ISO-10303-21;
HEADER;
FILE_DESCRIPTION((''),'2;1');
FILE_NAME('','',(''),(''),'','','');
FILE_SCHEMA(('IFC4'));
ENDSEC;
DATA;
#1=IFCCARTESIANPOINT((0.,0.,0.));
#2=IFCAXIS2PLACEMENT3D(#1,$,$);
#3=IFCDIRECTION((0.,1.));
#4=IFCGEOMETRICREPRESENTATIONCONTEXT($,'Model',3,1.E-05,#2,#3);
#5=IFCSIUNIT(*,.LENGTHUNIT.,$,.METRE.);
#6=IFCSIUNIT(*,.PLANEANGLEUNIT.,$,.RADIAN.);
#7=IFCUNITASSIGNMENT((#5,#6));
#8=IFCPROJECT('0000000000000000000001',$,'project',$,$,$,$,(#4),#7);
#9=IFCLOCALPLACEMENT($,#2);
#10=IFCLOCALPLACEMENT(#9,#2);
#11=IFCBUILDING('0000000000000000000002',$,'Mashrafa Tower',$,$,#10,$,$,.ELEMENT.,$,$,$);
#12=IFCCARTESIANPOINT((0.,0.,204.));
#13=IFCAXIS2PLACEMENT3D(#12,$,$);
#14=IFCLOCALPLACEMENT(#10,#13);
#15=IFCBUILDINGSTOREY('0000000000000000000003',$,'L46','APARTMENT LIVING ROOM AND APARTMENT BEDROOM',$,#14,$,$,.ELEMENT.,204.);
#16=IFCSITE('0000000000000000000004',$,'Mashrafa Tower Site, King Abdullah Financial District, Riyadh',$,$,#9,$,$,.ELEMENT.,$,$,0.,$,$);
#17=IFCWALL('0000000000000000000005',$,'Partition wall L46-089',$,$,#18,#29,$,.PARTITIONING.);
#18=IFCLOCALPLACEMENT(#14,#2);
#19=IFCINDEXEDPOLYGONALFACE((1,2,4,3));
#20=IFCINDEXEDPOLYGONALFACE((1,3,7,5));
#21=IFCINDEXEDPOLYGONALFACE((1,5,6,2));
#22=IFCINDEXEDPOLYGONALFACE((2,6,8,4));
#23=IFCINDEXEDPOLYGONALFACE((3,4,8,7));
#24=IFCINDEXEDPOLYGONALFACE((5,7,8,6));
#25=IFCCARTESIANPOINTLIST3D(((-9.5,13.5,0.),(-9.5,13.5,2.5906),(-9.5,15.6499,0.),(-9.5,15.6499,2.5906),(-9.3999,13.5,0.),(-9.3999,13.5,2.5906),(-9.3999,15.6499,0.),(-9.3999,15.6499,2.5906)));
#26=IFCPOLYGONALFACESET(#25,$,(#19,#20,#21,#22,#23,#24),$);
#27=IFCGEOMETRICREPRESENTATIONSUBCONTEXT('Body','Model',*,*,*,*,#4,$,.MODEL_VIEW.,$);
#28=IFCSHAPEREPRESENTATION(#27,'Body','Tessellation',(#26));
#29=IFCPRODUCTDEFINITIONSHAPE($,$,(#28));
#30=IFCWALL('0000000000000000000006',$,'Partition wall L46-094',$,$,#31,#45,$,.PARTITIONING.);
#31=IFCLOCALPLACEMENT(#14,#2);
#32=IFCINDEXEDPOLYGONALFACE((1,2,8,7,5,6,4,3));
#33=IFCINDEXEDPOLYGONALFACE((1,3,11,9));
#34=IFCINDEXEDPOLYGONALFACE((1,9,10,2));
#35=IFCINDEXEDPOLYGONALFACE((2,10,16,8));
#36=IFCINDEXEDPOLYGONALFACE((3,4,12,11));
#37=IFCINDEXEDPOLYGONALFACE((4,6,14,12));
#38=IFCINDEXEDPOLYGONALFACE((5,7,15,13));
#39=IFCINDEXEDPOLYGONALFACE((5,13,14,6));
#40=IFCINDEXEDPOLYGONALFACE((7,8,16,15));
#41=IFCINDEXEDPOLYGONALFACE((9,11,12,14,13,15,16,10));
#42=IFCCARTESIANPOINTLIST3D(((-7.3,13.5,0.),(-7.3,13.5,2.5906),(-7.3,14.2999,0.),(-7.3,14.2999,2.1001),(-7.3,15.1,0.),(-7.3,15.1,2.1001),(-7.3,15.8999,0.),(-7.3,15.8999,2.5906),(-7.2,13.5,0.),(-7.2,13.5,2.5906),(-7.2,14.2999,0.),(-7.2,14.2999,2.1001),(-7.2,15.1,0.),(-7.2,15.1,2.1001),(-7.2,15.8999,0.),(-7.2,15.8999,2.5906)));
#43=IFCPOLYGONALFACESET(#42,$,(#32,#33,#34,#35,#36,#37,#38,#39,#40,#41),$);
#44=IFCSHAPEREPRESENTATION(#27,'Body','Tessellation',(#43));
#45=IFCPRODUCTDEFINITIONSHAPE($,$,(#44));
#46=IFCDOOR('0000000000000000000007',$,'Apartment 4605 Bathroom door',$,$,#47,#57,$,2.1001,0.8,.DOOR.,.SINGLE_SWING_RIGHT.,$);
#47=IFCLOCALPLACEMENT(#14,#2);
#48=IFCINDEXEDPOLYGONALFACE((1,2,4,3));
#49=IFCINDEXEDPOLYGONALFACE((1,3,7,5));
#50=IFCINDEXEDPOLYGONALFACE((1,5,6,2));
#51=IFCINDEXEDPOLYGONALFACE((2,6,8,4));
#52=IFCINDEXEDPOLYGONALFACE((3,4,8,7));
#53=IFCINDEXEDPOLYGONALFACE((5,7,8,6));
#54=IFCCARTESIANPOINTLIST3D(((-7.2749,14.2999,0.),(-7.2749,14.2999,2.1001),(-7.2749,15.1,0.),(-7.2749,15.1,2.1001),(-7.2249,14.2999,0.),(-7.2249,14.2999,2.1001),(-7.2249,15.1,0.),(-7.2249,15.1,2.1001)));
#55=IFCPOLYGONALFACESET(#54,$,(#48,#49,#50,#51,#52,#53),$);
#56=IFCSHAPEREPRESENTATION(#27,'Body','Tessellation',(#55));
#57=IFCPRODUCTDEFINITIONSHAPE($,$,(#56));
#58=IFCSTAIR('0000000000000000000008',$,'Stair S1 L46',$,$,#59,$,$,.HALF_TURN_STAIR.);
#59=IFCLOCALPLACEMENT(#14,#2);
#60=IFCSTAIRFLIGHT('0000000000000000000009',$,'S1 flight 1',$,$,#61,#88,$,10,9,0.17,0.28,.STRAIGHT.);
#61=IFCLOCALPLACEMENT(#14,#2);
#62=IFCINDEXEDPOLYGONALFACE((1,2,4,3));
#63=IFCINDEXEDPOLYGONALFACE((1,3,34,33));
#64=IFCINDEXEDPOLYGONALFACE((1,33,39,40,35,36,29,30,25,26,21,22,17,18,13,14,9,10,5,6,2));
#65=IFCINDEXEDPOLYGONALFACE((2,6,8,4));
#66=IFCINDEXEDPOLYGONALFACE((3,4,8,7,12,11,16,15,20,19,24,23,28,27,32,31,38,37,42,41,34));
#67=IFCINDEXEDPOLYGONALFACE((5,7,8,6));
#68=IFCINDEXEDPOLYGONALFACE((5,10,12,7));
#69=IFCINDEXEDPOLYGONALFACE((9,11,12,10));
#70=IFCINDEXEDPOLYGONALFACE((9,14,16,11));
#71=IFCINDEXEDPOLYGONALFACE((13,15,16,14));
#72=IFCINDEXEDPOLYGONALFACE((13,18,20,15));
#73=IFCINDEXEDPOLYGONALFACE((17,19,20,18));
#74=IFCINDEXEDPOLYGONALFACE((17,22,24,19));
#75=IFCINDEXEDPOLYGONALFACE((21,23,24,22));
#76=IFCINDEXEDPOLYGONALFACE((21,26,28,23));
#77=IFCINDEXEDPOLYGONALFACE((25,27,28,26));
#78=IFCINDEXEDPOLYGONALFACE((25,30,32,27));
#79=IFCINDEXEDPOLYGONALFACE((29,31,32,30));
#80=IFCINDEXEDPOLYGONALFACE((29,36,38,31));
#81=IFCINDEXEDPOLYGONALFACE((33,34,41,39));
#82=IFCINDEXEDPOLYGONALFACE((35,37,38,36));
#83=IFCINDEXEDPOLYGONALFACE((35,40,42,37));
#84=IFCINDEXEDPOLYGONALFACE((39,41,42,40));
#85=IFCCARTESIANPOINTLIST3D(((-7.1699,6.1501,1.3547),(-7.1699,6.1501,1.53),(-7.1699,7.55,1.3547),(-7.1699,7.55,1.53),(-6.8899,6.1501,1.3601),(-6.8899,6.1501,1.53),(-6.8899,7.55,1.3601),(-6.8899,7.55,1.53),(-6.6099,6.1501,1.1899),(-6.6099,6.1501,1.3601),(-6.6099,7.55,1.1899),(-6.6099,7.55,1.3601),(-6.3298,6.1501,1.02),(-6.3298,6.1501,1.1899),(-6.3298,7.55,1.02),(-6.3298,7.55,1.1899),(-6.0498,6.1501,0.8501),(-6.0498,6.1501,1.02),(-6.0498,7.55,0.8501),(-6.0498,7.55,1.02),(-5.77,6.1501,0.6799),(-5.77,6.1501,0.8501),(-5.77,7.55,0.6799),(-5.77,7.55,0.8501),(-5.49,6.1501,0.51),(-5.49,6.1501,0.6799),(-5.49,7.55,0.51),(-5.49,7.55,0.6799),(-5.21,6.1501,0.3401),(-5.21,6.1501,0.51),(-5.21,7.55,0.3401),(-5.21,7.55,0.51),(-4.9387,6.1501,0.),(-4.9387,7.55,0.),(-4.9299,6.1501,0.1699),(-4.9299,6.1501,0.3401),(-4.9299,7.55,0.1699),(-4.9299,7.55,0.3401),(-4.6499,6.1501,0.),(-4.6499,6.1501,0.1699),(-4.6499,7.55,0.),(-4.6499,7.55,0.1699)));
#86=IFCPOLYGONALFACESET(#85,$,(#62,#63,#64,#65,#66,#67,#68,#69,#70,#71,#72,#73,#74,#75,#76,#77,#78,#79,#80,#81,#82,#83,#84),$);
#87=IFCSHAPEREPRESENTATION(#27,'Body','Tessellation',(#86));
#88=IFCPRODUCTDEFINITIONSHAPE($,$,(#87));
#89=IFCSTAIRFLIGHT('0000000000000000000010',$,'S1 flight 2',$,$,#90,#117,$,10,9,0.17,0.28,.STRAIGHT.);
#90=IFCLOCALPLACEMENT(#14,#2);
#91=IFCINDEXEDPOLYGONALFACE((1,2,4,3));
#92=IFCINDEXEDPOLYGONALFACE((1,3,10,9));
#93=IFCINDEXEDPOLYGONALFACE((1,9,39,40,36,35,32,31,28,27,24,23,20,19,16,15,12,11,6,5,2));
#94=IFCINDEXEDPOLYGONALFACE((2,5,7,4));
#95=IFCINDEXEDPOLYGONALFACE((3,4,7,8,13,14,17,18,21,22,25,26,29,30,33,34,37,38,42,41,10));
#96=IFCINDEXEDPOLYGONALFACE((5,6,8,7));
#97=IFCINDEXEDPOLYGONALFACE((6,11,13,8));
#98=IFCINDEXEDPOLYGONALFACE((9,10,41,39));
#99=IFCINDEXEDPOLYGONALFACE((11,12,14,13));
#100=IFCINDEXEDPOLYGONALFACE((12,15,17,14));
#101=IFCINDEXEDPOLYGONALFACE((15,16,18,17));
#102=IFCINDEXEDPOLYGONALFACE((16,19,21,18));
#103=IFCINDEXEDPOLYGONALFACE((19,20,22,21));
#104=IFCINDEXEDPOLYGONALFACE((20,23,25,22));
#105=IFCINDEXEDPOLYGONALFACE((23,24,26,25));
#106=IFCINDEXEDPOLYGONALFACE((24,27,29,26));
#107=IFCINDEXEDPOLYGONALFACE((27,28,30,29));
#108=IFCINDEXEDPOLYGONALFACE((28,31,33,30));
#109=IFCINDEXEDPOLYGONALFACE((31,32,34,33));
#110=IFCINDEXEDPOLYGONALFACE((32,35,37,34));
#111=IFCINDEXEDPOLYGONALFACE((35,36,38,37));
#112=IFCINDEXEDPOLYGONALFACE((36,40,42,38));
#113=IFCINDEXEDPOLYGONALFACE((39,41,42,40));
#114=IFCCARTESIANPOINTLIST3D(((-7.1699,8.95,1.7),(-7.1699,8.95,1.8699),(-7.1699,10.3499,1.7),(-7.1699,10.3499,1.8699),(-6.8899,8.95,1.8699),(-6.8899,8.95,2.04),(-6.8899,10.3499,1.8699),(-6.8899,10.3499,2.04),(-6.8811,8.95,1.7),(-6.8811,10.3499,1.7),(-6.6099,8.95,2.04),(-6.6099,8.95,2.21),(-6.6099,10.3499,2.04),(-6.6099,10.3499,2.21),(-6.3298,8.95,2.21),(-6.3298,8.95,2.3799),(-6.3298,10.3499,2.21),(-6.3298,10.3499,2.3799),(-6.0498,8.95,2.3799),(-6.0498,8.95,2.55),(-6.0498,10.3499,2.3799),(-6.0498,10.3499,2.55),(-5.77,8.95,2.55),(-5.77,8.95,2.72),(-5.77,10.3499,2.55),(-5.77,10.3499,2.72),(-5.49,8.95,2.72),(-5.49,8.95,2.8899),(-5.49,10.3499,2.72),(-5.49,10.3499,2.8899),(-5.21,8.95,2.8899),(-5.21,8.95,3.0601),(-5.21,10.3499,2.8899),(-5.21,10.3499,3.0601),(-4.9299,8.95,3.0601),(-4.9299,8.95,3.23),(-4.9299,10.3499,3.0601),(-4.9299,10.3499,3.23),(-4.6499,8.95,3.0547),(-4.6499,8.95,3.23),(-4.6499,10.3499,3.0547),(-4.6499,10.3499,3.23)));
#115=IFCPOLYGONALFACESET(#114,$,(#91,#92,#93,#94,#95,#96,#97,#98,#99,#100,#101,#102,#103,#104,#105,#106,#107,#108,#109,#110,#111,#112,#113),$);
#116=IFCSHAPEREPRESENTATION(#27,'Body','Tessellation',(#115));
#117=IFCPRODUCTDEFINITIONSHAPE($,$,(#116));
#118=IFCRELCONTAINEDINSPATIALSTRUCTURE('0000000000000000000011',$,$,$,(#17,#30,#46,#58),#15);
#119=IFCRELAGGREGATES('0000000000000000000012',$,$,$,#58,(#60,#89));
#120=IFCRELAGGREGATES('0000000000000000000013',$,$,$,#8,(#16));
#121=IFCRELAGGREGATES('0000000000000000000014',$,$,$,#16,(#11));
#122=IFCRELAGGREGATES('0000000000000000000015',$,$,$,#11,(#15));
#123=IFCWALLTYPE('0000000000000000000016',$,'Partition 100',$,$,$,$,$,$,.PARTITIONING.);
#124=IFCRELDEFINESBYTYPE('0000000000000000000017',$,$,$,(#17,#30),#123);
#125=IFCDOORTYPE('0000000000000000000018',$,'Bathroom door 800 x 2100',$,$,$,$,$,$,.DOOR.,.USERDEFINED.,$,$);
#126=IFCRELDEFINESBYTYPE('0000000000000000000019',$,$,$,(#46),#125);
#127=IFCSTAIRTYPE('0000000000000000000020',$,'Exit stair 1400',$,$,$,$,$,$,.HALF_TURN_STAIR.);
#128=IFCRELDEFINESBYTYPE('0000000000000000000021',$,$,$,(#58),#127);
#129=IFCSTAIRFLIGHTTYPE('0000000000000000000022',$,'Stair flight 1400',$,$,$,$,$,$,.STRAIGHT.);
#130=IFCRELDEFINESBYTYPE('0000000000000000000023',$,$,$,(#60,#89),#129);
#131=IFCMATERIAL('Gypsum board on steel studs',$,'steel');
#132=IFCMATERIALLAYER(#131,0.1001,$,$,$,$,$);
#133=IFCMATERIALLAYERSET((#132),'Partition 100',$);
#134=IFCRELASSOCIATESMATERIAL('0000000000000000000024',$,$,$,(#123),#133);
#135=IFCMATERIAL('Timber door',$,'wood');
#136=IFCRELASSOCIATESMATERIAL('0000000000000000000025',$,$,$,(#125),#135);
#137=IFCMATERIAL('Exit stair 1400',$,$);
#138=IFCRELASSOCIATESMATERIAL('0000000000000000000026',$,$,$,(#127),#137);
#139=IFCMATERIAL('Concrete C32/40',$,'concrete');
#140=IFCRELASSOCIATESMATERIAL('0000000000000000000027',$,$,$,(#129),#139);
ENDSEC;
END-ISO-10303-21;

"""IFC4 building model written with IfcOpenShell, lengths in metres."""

from ifc_helpers import new_model, si_unit, direction, frame, frame_2d, origin, place, context, subcontext, project, spatial, polyline, rectangle, outline, extrude, material, layer, layer_set, type_object, element, fill, aggregate, save


model = new_model("IFC4")

# Units and contexts
model_context = context("Model", 3, precision=1e-05, world=origin(), true_north=direction((0.0, 1.0)))
body_context = subcontext(model_context, "Body", "Model", "MODEL_VIEW")
ifc_project = project(units=[si_unit("LENGTHUNIT", "METRE"), si_unit("PLANEANGLEUNIT", "RADIAN")], contexts=[model_context])

# Site, building, storey
site_placement = place(None, origin())
site = spatial("IfcSite", under=ifc_project, at=site_placement, Name="Mashrafa Tower Site, King Abdullah Financial District, Riyadh", CompositionType="ELEMENT", RefElevation=0.0)
building_placement = place(site_placement, origin())
building = spatial("IfcBuilding", under=site, at=building_placement, Name="Mashrafa Tower", CompositionType="ELEMENT")
storey_placement = place(building_placement, frame((0.0, 0.0, 204.0)))
storey = spatial("IfcBuildingStorey", under=building, at=storey_placement, Name="L46", Description="APARTMENT LIVING ROOM AND APARTMENT BEDROOM", CompositionType="ELEMENT", Elevation=204.0)

# Wall
ifc_material_1 = material(Name="Gypsum board on steel studs", Category="steel")
ifc_layer_1 = layer(ifc_material_1, 0.1001)
ifc_layer_set_1 = layer_set([ifc_layer_1], Name="Partition 100")
wall_type_1 = type_object("IfcWallType", Name="Partition 100", PredefinedType="PARTITIONING", material=ifc_layer_set_1)
wall_1_placement = place(storey_placement, frame((-9.45, 13.5, 0.0), z_axis=(0.0, 0.0, 1.0), x_axis=(0.0, 1.0, 0.0)))
element("IfcWall", 1, at=wall_1_placement, inside=storey, type_object=wall_type_1, Name="Partition wall L46-089", PredefinedType="PARTITIONING", context=body_context, shape_type="SweptSolid", body=[
    extrude(rectangle(XDim=2.1499, YDim=0.1001, at=frame_2d((1.075, 0.0))), origin(), (0.0, 0.0, 1.0), 2.5906),
])

# Wall, opening, door
wall_2_placement = place(storey_placement, frame((-7.25, 13.5, 0.0), z_axis=(0.0, 0.0, 1.0), x_axis=(0.0, 1.0, 0.0)))
wall_2 = element("IfcWall", 2, at=wall_2_placement, inside=storey, type_object=wall_type_1, Name="Partition wall L46-094", PredefinedType="PARTITIONING", context=body_context, shape_type="SweptSolid", body=[
    extrude(rectangle(XDim=2.3999, YDim=0.1001, at=frame_2d((1.2, 0.0))), origin(), (0.0, 0.0, 1.0), 2.5906),
])
opening_1_placement = place(wall_2_placement, frame((0.8, 0.0, 0.0)))
opening_1 = element("IfcOpeningElement", 3, at=opening_1_placement, cuts=wall_2, PredefinedType="OPENING", context=body_context, shape_type="SweptSolid", body=[
    extrude(rectangle(XDim=0.8, YDim=2.1001, at=frame_2d((0.3999, 1.05))), frame((0.0, 0.0601, 0.0), z_axis=(0.0, -1.0, 0.0), x_axis=(1.0, 0.0, 0.0)), (0.0, 0.0, 1.0), 0.1201),
])
ifc_material_2 = material(Name="Timber door", Category="wood")
door_type_1 = type_object("IfcDoorType", Name="Bathroom door 800 x 2100", OperationType="USERDEFINED", PredefinedType="DOOR", material=ifc_material_2)
door_1_placement = place(opening_1_placement, origin())
door_1 = element("IfcDoor", 4, at=door_1_placement, inside=storey, type_object=door_type_1, Name="Apartment 4605 Bathroom door", OperationType="SINGLE_SWING_RIGHT", OverallHeight=2.1001, OverallWidth=0.8, PredefinedType="DOOR", context=body_context, shape_type="SweptSolid", body=[
    extrude(rectangle(XDim=0.8, YDim=2.1001, at=frame_2d((0.3999, 1.05))), frame((0.0, 0.0249, 0.0), z_axis=(0.0, -1.0, 0.0), x_axis=(1.0, 0.0, 0.0)), (0.0, 0.0, 1.0), 0.05),
])
fill(opening_1, door_1)

# Stair, stair flights
ifc_material_3 = material(Name="Exit stair 1400")
stair_type = type_object("IfcStairType", Name="Exit stair 1400", PredefinedType="HALF_TURN_STAIR", material=ifc_material_3)
stair_placement = place(storey_placement, origin())
stair = element("IfcStair", 5, at=stair_placement, inside=storey, type_object=stair_type, Name="Stair S1 L46", PredefinedType="HALF_TURN_STAIR")
ifc_material_4 = material(Name="Concrete C32/40", Category="concrete")
stair_flight_type = type_object("IfcStairFlightType", Name="Stair flight 1400", PredefinedType="STRAIGHT", material=ifc_material_4)
stair_flight_1_placement = place(storey_placement, frame((-4.6499, 6.8501, 0.0), z_axis=(0.0, 0.0, 1.0), x_axis=(-1.0, 0.0, 0.0)))
stair_flight_1 = element("IfcStairFlight", 6, at=stair_flight_1_placement, type_object=stair_flight_type, Name="S1 flight 1", NumberOfRisers=10, NumberOfTreads=9, PredefinedType="STRAIGHT", RiserHeight=0.17, TreadLength=0.28, context=body_context, shape_type="SweptSolid", body=[
    extrude(outline(polyline([(0.0, 0.0), (0.0, 0.1699), (0.28, 0.1699), (0.28, 0.3401), (0.5601, 0.3401), (0.5601, 0.51), (0.8401, 0.51), (0.8401, 0.6799), (1.1201, 0.6799), (1.1201, 0.8501), (1.3999, 0.8501), (1.3999, 1.02), (1.6799, 1.02), (1.6799, 1.1899), (1.96, 1.1899), (1.96, 1.3601), (2.24, 1.3601), (2.24, 1.53), (2.52, 1.53), (2.52, 1.7), (2.52, 1.3547), (0.2888, 0.0), (0.0, 0.0)])), frame((0.0, 0.7, 0.0), z_axis=(0.0, -1.0, 0.0), x_axis=(1.0, 0.0, 0.0)), (0.0, 0.0, 1.0), 1.3999),
])
stair_flight_2_placement = place(storey_placement, frame((-7.1699, 9.6499, 1.7), z_axis=(0.0, 0.0, 1.0), x_axis=(1.0, 0.0, 0.0)))
stair_flight_2 = element("IfcStairFlight", 7, at=stair_flight_2_placement, type_object=stair_flight_type, Name="S1 flight 2", NumberOfRisers=10, NumberOfTreads=9, PredefinedType="STRAIGHT", RiserHeight=0.17, TreadLength=0.28, context=body_context, shape_type="SweptSolid", body=[
    extrude(outline(polyline([(0.0, 0.0), (0.0, 0.1699), (0.28, 0.1699), (0.28, 0.3401), (0.5601, 0.3401), (0.5601, 0.51), (0.8401, 0.51), (0.8401, 0.6799), (1.1201, 0.6799), (1.1201, 0.8501), (1.3999, 0.8501), (1.3999, 1.02), (1.6799, 1.02), (1.6799, 1.1899), (1.96, 1.1899), (1.96, 1.3601), (2.24, 1.3601), (2.24, 1.53), (2.52, 1.53), (2.52, 1.7), (2.52, 1.3547), (0.2888, 0.0), (0.0, 0.0)])), frame((0.0, 0.7, 0.0), z_axis=(0.0, -1.0, 0.0), x_axis=(1.0, 0.0, 0.0)), (0.0, 0.0, 1.0), 1.3999),
])
aggregate(stair, [stair_flight_1, stair_flight_2])

save(model, "model.ifc")
